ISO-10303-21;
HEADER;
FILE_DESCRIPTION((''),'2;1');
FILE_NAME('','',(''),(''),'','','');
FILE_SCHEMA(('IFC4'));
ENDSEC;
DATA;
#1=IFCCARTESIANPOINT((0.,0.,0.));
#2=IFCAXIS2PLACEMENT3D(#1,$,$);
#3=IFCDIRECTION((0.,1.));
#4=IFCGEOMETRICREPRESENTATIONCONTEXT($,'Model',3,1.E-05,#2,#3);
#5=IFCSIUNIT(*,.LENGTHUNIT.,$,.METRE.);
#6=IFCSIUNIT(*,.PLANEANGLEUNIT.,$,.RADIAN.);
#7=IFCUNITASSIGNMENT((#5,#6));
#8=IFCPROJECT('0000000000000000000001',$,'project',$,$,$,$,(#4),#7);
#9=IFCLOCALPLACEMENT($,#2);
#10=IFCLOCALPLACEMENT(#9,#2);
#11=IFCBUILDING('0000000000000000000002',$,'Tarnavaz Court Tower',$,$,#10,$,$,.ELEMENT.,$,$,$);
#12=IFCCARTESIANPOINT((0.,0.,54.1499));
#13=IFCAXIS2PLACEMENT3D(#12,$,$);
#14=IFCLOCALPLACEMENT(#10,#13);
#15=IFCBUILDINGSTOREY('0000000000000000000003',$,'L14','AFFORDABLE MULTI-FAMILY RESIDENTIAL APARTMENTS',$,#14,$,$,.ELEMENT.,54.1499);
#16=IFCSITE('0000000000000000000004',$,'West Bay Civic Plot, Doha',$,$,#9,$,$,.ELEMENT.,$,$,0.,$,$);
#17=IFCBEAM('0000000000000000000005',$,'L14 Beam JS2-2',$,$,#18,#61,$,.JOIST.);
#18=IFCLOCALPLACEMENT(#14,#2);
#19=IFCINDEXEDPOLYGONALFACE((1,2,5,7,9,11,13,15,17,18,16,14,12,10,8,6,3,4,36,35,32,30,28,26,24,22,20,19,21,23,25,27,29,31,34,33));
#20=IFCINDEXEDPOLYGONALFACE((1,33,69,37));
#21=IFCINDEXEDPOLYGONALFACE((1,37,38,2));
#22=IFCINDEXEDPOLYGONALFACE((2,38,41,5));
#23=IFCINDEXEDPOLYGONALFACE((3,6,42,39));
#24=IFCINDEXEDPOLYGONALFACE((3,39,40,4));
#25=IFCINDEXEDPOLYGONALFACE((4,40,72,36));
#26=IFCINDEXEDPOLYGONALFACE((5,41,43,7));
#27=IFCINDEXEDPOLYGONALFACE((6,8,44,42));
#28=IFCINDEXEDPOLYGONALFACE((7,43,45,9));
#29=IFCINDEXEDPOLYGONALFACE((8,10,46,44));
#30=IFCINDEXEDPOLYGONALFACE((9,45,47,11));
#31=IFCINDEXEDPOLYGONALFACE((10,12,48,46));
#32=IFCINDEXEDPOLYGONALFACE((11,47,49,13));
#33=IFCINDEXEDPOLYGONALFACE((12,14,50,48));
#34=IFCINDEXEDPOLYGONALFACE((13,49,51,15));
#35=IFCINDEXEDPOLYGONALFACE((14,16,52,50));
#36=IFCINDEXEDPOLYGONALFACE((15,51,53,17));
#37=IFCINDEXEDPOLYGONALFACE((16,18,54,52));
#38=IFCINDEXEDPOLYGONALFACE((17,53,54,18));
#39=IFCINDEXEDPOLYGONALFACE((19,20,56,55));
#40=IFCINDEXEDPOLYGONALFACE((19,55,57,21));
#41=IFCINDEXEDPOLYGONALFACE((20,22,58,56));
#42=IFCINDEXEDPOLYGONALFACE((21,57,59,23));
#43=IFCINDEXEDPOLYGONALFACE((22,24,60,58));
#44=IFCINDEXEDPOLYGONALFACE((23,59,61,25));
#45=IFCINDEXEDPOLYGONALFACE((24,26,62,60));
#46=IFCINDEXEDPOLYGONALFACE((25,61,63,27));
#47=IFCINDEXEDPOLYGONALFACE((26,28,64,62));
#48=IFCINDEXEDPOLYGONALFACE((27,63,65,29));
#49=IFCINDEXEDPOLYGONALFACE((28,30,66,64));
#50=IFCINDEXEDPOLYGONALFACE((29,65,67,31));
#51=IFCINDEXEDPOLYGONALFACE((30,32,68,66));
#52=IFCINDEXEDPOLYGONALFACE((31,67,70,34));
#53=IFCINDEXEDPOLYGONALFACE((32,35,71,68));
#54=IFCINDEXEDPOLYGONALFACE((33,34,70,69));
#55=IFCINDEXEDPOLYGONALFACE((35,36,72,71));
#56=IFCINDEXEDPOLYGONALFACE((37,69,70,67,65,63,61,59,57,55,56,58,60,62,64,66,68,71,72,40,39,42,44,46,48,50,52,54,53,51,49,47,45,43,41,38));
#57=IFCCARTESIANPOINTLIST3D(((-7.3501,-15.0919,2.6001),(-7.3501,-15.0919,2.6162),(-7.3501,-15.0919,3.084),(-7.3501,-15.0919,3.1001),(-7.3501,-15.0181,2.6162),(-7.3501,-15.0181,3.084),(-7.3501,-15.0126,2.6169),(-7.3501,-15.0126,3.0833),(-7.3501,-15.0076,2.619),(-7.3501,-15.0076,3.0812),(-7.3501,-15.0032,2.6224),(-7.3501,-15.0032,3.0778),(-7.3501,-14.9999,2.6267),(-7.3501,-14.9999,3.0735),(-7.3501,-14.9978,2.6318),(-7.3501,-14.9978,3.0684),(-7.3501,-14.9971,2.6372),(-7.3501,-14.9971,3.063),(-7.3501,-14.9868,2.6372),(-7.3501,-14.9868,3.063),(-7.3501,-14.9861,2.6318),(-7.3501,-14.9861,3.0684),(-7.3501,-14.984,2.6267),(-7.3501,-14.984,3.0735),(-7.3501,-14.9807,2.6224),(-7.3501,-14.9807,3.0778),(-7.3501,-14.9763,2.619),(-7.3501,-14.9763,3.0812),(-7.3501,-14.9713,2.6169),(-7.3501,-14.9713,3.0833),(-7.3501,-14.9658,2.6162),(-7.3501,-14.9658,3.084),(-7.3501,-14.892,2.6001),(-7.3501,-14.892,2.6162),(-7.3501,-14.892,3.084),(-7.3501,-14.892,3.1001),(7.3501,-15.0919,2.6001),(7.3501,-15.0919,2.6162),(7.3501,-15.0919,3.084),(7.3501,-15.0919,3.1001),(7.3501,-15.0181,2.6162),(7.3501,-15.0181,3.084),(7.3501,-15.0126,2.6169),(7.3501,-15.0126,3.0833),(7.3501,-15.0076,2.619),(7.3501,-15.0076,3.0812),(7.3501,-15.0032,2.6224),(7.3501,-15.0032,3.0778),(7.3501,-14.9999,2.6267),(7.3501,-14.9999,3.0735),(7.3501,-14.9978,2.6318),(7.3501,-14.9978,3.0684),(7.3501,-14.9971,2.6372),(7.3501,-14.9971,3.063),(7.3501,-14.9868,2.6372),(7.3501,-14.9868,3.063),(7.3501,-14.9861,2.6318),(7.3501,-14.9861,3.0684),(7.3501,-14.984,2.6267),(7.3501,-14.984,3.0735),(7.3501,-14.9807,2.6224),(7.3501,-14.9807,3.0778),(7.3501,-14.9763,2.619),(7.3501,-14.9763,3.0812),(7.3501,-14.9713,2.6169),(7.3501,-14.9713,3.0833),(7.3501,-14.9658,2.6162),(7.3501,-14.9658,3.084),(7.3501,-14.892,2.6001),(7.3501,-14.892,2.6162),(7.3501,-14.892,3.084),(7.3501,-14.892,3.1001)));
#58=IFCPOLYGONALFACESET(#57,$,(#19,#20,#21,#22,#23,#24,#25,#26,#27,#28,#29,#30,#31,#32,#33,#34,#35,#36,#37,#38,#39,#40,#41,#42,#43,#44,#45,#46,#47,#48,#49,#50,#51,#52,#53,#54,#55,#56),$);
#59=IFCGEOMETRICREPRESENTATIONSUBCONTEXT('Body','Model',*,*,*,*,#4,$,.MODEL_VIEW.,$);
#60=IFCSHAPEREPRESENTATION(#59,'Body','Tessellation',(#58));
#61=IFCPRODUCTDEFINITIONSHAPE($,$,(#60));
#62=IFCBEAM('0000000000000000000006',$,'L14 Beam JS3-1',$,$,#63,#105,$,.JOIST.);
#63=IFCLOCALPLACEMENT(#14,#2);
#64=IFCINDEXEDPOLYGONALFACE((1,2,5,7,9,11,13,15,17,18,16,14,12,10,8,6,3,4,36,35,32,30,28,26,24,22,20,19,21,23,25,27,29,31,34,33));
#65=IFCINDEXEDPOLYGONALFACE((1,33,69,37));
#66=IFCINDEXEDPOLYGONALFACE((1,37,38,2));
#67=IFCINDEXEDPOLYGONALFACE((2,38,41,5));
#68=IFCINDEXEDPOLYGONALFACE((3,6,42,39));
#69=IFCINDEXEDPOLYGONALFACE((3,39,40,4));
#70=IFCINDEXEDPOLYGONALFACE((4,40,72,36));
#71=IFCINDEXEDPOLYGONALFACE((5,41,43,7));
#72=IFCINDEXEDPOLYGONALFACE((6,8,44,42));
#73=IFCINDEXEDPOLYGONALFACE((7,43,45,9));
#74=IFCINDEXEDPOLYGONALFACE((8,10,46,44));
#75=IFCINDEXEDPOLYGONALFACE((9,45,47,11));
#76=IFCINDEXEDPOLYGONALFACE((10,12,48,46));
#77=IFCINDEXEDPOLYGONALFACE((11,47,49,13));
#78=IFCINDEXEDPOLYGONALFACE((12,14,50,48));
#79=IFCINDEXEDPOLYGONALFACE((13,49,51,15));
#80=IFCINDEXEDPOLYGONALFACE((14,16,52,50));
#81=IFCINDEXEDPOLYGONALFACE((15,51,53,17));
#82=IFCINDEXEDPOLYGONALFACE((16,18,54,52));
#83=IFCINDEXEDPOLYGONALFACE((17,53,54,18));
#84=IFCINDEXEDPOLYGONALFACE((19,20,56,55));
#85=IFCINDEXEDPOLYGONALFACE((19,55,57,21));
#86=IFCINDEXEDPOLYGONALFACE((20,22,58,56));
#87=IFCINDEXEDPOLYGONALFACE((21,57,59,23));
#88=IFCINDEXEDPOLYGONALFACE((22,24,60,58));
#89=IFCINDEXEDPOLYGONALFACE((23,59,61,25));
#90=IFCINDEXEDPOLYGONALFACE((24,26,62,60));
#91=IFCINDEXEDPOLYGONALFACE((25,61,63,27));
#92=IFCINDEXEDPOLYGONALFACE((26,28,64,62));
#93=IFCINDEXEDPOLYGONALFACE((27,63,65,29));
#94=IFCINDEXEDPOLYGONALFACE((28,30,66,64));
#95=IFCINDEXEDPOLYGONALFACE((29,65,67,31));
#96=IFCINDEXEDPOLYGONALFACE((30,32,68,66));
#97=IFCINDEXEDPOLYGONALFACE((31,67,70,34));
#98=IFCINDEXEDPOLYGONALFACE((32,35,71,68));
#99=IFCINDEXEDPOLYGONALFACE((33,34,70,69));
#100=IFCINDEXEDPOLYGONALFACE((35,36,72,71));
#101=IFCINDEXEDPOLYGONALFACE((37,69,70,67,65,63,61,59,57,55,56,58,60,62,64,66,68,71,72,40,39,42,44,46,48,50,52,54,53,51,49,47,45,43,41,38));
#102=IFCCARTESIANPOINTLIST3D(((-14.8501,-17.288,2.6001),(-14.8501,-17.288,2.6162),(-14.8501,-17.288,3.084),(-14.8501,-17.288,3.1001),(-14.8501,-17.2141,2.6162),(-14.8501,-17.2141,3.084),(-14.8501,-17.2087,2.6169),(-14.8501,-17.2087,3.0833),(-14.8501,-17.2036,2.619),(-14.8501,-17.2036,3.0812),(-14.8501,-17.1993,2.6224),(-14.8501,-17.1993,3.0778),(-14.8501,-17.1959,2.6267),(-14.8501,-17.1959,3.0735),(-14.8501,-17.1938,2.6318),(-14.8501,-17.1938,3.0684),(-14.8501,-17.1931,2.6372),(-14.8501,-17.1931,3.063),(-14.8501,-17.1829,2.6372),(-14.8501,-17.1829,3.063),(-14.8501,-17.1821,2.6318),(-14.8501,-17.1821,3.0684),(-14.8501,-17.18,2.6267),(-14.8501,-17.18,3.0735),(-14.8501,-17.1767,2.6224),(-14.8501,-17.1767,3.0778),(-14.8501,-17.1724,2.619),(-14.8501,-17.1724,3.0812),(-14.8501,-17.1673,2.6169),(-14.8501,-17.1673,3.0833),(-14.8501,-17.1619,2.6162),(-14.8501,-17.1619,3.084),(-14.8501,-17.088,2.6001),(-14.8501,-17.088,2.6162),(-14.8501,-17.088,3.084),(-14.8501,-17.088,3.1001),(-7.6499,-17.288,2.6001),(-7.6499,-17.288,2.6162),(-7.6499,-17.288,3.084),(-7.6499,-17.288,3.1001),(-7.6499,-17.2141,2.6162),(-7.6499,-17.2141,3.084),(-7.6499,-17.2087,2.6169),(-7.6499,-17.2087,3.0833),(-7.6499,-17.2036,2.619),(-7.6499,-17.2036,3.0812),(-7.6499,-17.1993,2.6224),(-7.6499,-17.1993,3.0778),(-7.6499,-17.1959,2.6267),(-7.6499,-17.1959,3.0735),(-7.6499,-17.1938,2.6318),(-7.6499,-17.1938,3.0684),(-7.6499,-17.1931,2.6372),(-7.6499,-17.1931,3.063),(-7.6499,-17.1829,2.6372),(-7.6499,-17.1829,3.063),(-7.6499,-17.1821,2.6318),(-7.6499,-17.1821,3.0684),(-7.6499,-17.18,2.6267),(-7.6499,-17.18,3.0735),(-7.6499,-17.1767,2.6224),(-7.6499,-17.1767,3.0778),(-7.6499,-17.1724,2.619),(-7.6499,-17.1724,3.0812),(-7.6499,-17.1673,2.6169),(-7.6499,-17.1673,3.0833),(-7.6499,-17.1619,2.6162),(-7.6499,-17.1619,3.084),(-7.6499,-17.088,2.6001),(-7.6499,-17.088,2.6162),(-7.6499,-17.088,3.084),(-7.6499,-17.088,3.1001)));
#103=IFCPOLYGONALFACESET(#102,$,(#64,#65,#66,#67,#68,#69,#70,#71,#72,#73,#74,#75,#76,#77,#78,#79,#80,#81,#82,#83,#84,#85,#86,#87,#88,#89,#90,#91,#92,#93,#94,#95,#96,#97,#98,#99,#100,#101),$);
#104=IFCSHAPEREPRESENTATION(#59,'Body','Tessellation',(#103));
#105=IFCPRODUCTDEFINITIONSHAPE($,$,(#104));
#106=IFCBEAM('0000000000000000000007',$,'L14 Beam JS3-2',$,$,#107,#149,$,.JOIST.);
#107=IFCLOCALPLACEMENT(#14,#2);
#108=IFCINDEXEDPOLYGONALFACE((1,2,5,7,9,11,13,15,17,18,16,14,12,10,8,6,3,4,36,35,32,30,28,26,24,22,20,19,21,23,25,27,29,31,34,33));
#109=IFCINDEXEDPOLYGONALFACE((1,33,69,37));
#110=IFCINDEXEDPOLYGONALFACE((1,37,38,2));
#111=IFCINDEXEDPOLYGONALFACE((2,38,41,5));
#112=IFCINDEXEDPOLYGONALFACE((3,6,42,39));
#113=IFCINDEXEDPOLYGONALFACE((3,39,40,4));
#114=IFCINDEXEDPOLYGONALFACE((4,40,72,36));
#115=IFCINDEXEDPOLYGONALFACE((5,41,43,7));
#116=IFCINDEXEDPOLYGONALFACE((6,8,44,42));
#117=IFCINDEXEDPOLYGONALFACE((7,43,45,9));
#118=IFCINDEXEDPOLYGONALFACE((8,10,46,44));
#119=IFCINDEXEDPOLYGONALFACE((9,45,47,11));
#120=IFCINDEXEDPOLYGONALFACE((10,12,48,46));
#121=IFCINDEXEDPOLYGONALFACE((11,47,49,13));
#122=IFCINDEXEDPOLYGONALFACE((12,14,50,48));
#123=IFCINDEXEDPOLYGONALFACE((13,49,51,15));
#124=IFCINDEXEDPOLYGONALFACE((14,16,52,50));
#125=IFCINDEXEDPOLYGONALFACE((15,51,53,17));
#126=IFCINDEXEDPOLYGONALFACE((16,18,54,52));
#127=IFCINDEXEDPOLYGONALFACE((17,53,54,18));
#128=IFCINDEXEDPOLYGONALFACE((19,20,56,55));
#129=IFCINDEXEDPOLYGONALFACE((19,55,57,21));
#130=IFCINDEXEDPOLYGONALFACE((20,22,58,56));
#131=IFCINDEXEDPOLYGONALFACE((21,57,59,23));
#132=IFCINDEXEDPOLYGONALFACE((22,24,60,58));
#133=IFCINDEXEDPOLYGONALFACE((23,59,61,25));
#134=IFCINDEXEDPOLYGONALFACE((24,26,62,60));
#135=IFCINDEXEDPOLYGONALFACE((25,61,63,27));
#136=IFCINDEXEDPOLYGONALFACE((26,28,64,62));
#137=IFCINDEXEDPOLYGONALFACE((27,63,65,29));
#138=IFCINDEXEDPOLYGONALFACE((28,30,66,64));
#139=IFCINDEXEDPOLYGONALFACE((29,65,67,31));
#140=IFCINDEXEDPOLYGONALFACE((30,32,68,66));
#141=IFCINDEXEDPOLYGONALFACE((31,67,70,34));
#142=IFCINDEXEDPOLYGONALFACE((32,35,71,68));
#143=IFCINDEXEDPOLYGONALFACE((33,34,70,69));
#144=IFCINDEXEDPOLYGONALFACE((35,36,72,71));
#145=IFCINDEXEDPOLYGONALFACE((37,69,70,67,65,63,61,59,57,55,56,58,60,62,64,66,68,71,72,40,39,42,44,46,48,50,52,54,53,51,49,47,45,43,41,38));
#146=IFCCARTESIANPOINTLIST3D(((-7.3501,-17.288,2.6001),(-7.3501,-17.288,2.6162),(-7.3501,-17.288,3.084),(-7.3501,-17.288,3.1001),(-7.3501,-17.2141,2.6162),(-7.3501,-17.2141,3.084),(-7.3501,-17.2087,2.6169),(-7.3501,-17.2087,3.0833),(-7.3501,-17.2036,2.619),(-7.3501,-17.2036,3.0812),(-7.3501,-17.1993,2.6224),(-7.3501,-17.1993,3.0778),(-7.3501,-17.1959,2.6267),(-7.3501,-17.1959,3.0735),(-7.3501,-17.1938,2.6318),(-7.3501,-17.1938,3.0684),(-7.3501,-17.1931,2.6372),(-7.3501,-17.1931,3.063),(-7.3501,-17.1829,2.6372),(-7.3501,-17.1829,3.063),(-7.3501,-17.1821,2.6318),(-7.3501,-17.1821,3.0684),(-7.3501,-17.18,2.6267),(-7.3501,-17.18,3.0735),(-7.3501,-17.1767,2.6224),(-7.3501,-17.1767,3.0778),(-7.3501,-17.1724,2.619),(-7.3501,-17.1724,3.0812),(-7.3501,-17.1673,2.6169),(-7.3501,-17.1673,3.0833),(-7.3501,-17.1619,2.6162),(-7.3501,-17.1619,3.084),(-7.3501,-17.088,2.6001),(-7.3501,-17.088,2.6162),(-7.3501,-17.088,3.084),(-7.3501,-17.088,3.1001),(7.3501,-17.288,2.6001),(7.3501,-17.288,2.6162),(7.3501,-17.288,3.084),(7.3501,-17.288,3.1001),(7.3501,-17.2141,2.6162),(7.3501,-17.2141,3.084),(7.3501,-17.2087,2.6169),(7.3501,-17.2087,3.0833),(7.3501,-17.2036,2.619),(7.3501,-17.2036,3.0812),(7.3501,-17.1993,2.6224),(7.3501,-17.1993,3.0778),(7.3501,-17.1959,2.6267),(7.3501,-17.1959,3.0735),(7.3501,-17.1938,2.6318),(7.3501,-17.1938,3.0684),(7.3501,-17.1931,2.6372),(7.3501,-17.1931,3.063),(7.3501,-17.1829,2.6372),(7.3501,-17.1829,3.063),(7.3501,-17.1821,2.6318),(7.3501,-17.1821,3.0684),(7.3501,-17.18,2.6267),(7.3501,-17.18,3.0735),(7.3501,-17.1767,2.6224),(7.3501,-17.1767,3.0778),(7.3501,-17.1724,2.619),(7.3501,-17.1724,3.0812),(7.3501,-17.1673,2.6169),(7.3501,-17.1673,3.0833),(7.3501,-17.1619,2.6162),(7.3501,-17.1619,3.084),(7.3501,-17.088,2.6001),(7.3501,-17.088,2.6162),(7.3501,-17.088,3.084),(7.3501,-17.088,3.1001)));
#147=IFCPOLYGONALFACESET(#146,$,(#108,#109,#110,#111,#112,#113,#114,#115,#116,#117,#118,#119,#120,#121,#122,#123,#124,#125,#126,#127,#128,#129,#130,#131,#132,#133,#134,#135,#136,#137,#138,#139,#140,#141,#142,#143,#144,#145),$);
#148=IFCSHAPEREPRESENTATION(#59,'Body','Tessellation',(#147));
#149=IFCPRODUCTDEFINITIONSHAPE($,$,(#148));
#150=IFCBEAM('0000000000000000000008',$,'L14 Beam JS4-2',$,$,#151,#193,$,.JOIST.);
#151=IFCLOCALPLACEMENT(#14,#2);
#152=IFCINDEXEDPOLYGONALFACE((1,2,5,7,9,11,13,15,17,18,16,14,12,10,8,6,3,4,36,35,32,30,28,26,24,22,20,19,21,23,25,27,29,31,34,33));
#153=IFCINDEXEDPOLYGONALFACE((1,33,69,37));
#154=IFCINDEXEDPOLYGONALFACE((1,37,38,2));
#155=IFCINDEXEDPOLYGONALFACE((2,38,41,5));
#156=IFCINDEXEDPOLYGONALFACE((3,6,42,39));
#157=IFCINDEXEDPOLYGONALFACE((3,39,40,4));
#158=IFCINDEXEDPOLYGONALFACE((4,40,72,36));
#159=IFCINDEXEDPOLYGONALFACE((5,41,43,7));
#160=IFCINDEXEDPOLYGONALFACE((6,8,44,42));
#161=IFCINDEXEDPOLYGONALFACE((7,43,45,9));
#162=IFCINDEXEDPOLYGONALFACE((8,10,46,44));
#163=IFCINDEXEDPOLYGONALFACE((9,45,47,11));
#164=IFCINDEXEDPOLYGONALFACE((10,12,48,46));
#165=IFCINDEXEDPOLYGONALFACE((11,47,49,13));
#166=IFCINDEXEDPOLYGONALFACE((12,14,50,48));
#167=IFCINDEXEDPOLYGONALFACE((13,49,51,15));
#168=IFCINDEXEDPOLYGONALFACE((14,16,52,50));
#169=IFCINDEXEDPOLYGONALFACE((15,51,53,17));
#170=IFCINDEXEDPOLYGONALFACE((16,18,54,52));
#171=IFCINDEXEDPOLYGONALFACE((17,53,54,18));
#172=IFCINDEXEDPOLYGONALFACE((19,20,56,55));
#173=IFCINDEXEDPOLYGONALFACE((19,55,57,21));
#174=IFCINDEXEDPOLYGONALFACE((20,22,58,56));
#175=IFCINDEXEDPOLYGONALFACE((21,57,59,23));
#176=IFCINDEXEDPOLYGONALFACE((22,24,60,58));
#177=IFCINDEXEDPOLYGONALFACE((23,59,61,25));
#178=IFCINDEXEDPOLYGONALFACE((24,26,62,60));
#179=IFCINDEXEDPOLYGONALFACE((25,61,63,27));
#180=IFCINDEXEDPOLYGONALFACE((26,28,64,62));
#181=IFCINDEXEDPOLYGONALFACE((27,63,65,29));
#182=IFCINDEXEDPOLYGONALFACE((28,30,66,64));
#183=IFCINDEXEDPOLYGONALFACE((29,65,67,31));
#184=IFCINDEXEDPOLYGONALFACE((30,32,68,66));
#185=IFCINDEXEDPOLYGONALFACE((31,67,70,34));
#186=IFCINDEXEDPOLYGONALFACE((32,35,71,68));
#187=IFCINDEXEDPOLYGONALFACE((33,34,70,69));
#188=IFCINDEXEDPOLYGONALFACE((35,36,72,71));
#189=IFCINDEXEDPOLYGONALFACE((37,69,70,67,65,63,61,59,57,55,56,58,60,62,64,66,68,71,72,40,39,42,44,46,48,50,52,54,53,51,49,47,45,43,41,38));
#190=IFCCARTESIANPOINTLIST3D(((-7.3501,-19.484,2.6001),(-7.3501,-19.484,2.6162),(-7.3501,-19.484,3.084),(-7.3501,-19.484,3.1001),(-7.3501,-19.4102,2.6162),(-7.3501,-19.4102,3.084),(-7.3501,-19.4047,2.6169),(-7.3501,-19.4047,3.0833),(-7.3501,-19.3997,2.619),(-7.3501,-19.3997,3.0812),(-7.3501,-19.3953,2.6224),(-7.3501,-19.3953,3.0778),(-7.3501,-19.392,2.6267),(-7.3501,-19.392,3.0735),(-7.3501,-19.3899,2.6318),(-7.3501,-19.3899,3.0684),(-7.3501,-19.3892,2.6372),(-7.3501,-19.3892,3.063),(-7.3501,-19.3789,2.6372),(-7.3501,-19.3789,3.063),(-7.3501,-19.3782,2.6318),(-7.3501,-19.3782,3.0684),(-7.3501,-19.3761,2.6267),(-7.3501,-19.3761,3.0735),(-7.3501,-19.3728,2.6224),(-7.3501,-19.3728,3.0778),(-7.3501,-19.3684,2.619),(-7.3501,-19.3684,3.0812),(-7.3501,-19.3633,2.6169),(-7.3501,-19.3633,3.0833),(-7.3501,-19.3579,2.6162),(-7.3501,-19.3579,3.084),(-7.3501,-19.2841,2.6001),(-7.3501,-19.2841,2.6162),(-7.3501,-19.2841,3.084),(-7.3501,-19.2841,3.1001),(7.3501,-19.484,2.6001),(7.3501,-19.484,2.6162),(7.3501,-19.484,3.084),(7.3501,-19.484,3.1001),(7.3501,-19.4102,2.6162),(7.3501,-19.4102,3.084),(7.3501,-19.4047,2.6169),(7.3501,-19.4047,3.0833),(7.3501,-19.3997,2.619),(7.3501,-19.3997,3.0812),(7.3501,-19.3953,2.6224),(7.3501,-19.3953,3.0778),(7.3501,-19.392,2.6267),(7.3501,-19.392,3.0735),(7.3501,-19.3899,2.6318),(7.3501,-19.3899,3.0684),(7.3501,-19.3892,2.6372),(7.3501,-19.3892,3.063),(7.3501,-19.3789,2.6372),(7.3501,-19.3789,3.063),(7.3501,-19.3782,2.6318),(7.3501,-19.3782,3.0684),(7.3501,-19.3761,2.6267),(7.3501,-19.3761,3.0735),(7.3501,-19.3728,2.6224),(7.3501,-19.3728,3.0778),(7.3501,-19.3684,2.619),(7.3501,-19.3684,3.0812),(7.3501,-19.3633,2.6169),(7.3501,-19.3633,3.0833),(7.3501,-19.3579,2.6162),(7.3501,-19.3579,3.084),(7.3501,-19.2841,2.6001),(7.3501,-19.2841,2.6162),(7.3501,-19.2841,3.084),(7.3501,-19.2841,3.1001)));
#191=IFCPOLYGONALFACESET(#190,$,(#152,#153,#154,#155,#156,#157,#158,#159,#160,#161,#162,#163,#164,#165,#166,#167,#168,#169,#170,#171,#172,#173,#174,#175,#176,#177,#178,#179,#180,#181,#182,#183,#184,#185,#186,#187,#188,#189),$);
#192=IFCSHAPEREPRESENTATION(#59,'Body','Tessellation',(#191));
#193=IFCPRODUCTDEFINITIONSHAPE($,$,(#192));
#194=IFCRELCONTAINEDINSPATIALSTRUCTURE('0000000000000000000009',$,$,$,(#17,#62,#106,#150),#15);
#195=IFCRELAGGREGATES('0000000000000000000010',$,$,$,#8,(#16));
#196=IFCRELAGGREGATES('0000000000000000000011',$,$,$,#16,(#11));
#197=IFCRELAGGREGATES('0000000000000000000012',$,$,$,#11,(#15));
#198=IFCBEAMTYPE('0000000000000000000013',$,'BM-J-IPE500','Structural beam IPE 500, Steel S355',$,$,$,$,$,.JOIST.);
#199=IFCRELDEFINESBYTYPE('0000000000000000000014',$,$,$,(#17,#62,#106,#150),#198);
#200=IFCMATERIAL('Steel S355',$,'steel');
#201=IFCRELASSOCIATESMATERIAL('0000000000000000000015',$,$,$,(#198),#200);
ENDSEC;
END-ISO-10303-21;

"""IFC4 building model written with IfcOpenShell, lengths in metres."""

from ifc_helpers import new_model, si_unit, direction, frame, origin, origin_2d, place, context, subcontext, project, spatial, i_section, extrude, material, material_profile, profile_set, type_object, element, save


model = new_model("IFC4")

# Units and contexts
model_context = context("Model", 3, precision=1e-05, world=origin(), true_north=direction((0.0, 1.0)))
body_context = subcontext(model_context, "Body", "Model", "MODEL_VIEW")
ifc_project = project(units=[si_unit("LENGTHUNIT", "METRE"), si_unit("PLANEANGLEUNIT", "RADIAN")], contexts=[model_context])

# Site, building, storey
site_placement = place(None, origin())
site = spatial("IfcSite", under=ifc_project, at=site_placement, Name="West Bay Civic Plot, Doha", CompositionType="ELEMENT", RefElevation=0.0)
building_placement = place(site_placement, origin())
building = spatial("IfcBuilding", under=site, at=building_placement, Name="Tarnavaz Court Tower", CompositionType="ELEMENT")
storey_placement = place(building_placement, frame((0.0, 0.0, 54.1499)))
storey = spatial("IfcBuildingStorey", under=building, at=storey_placement, Name="L14", Description="AFFORDABLE MULTI-FAMILY RESIDENTIAL APARTMENTS", CompositionType="ELEMENT", Elevation=54.1499)

# Beams
ifc_material_1 = material(Name="Steel S355", Category="steel")
ifc_material_profile_1 = material_profile(ifc_material_1, i_section(OverallWidth=0.2, OverallDepth=0.5, WebThickness=0.0103, FlangeThickness=0.0161, FilletRadius=0.021, at=origin_2d()), Name="IPE 500")
ifc_profile_set_1 = profile_set([ifc_material_profile_1], Name="Steel S355")
beam_type_1 = type_object("IfcBeamType", Name="BM-J-IPE500", Description="Structural beam IPE 500, Steel S355", PredefinedType="JOIST", material=ifc_profile_set_1)
beam_1_placement = place(storey_placement, frame((-7.3501, -14.9919, 2.8501), z_axis=(1.0, 0.0, 0.0), x_axis=(0.0, 1.0, 0.0)))
element("IfcBeam", 1, at=beam_1_placement, inside=storey, type_object=beam_type_1, Name="L14 Beam JS2-2", PredefinedType="JOIST", context=body_context, shape_type="SweptSolid", body=[
    extrude(i_section(OverallWidth=0.2, OverallDepth=0.5, WebThickness=0.0103, FlangeThickness=0.0161, FilletRadius=0.021, at=origin_2d()), origin(), (0.0, 0.0, 1.0), 14.7002),
])
beam_2_placement = place(storey_placement, frame((-14.8501, -17.188, 2.8501), z_axis=(1.0, 0.0, 0.0), x_axis=(0.0, 1.0, 0.0)))
element("IfcBeam", 2, at=beam_2_placement, inside=storey, type_object=beam_type_1, Name="L14 Beam JS3-1", PredefinedType="JOIST", context=body_context, shape_type="SweptSolid", body=[
    extrude(i_section(OverallWidth=0.2, OverallDepth=0.5, WebThickness=0.0103, FlangeThickness=0.0161, FilletRadius=0.021, at=origin_2d()), origin(), (0.0, 0.0, 1.0), 7.2002),
])
for number, where, z_axis, x_axis, name in (
    (3, (-7.3501, -17.188, 2.8501), (1.0, 0.0, 0.0), (0.0, 1.0, 0.0), "L14 Beam JS3-2"),
    (4, (-7.3501, -19.384, 2.8501), (1.0, 0.0, 0.0), (0.0, 1.0, 0.0), "L14 Beam JS4-2"),
):
    element("IfcBeam", number, at=place(storey_placement, frame(where, z_axis=z_axis, x_axis=x_axis)), inside=storey, type_object=beam_type_1, Name=name, PredefinedType="JOIST", context=body_context, shape_type="SweptSolid", body=[
        extrude(i_section(OverallWidth=0.2, OverallDepth=0.5, WebThickness=0.0103, FlangeThickness=0.0161, FilletRadius=0.021, at=origin_2d()), origin(), (0.0, 0.0, 1.0), 14.7002),
    ])

save(model, "model.ifc")
